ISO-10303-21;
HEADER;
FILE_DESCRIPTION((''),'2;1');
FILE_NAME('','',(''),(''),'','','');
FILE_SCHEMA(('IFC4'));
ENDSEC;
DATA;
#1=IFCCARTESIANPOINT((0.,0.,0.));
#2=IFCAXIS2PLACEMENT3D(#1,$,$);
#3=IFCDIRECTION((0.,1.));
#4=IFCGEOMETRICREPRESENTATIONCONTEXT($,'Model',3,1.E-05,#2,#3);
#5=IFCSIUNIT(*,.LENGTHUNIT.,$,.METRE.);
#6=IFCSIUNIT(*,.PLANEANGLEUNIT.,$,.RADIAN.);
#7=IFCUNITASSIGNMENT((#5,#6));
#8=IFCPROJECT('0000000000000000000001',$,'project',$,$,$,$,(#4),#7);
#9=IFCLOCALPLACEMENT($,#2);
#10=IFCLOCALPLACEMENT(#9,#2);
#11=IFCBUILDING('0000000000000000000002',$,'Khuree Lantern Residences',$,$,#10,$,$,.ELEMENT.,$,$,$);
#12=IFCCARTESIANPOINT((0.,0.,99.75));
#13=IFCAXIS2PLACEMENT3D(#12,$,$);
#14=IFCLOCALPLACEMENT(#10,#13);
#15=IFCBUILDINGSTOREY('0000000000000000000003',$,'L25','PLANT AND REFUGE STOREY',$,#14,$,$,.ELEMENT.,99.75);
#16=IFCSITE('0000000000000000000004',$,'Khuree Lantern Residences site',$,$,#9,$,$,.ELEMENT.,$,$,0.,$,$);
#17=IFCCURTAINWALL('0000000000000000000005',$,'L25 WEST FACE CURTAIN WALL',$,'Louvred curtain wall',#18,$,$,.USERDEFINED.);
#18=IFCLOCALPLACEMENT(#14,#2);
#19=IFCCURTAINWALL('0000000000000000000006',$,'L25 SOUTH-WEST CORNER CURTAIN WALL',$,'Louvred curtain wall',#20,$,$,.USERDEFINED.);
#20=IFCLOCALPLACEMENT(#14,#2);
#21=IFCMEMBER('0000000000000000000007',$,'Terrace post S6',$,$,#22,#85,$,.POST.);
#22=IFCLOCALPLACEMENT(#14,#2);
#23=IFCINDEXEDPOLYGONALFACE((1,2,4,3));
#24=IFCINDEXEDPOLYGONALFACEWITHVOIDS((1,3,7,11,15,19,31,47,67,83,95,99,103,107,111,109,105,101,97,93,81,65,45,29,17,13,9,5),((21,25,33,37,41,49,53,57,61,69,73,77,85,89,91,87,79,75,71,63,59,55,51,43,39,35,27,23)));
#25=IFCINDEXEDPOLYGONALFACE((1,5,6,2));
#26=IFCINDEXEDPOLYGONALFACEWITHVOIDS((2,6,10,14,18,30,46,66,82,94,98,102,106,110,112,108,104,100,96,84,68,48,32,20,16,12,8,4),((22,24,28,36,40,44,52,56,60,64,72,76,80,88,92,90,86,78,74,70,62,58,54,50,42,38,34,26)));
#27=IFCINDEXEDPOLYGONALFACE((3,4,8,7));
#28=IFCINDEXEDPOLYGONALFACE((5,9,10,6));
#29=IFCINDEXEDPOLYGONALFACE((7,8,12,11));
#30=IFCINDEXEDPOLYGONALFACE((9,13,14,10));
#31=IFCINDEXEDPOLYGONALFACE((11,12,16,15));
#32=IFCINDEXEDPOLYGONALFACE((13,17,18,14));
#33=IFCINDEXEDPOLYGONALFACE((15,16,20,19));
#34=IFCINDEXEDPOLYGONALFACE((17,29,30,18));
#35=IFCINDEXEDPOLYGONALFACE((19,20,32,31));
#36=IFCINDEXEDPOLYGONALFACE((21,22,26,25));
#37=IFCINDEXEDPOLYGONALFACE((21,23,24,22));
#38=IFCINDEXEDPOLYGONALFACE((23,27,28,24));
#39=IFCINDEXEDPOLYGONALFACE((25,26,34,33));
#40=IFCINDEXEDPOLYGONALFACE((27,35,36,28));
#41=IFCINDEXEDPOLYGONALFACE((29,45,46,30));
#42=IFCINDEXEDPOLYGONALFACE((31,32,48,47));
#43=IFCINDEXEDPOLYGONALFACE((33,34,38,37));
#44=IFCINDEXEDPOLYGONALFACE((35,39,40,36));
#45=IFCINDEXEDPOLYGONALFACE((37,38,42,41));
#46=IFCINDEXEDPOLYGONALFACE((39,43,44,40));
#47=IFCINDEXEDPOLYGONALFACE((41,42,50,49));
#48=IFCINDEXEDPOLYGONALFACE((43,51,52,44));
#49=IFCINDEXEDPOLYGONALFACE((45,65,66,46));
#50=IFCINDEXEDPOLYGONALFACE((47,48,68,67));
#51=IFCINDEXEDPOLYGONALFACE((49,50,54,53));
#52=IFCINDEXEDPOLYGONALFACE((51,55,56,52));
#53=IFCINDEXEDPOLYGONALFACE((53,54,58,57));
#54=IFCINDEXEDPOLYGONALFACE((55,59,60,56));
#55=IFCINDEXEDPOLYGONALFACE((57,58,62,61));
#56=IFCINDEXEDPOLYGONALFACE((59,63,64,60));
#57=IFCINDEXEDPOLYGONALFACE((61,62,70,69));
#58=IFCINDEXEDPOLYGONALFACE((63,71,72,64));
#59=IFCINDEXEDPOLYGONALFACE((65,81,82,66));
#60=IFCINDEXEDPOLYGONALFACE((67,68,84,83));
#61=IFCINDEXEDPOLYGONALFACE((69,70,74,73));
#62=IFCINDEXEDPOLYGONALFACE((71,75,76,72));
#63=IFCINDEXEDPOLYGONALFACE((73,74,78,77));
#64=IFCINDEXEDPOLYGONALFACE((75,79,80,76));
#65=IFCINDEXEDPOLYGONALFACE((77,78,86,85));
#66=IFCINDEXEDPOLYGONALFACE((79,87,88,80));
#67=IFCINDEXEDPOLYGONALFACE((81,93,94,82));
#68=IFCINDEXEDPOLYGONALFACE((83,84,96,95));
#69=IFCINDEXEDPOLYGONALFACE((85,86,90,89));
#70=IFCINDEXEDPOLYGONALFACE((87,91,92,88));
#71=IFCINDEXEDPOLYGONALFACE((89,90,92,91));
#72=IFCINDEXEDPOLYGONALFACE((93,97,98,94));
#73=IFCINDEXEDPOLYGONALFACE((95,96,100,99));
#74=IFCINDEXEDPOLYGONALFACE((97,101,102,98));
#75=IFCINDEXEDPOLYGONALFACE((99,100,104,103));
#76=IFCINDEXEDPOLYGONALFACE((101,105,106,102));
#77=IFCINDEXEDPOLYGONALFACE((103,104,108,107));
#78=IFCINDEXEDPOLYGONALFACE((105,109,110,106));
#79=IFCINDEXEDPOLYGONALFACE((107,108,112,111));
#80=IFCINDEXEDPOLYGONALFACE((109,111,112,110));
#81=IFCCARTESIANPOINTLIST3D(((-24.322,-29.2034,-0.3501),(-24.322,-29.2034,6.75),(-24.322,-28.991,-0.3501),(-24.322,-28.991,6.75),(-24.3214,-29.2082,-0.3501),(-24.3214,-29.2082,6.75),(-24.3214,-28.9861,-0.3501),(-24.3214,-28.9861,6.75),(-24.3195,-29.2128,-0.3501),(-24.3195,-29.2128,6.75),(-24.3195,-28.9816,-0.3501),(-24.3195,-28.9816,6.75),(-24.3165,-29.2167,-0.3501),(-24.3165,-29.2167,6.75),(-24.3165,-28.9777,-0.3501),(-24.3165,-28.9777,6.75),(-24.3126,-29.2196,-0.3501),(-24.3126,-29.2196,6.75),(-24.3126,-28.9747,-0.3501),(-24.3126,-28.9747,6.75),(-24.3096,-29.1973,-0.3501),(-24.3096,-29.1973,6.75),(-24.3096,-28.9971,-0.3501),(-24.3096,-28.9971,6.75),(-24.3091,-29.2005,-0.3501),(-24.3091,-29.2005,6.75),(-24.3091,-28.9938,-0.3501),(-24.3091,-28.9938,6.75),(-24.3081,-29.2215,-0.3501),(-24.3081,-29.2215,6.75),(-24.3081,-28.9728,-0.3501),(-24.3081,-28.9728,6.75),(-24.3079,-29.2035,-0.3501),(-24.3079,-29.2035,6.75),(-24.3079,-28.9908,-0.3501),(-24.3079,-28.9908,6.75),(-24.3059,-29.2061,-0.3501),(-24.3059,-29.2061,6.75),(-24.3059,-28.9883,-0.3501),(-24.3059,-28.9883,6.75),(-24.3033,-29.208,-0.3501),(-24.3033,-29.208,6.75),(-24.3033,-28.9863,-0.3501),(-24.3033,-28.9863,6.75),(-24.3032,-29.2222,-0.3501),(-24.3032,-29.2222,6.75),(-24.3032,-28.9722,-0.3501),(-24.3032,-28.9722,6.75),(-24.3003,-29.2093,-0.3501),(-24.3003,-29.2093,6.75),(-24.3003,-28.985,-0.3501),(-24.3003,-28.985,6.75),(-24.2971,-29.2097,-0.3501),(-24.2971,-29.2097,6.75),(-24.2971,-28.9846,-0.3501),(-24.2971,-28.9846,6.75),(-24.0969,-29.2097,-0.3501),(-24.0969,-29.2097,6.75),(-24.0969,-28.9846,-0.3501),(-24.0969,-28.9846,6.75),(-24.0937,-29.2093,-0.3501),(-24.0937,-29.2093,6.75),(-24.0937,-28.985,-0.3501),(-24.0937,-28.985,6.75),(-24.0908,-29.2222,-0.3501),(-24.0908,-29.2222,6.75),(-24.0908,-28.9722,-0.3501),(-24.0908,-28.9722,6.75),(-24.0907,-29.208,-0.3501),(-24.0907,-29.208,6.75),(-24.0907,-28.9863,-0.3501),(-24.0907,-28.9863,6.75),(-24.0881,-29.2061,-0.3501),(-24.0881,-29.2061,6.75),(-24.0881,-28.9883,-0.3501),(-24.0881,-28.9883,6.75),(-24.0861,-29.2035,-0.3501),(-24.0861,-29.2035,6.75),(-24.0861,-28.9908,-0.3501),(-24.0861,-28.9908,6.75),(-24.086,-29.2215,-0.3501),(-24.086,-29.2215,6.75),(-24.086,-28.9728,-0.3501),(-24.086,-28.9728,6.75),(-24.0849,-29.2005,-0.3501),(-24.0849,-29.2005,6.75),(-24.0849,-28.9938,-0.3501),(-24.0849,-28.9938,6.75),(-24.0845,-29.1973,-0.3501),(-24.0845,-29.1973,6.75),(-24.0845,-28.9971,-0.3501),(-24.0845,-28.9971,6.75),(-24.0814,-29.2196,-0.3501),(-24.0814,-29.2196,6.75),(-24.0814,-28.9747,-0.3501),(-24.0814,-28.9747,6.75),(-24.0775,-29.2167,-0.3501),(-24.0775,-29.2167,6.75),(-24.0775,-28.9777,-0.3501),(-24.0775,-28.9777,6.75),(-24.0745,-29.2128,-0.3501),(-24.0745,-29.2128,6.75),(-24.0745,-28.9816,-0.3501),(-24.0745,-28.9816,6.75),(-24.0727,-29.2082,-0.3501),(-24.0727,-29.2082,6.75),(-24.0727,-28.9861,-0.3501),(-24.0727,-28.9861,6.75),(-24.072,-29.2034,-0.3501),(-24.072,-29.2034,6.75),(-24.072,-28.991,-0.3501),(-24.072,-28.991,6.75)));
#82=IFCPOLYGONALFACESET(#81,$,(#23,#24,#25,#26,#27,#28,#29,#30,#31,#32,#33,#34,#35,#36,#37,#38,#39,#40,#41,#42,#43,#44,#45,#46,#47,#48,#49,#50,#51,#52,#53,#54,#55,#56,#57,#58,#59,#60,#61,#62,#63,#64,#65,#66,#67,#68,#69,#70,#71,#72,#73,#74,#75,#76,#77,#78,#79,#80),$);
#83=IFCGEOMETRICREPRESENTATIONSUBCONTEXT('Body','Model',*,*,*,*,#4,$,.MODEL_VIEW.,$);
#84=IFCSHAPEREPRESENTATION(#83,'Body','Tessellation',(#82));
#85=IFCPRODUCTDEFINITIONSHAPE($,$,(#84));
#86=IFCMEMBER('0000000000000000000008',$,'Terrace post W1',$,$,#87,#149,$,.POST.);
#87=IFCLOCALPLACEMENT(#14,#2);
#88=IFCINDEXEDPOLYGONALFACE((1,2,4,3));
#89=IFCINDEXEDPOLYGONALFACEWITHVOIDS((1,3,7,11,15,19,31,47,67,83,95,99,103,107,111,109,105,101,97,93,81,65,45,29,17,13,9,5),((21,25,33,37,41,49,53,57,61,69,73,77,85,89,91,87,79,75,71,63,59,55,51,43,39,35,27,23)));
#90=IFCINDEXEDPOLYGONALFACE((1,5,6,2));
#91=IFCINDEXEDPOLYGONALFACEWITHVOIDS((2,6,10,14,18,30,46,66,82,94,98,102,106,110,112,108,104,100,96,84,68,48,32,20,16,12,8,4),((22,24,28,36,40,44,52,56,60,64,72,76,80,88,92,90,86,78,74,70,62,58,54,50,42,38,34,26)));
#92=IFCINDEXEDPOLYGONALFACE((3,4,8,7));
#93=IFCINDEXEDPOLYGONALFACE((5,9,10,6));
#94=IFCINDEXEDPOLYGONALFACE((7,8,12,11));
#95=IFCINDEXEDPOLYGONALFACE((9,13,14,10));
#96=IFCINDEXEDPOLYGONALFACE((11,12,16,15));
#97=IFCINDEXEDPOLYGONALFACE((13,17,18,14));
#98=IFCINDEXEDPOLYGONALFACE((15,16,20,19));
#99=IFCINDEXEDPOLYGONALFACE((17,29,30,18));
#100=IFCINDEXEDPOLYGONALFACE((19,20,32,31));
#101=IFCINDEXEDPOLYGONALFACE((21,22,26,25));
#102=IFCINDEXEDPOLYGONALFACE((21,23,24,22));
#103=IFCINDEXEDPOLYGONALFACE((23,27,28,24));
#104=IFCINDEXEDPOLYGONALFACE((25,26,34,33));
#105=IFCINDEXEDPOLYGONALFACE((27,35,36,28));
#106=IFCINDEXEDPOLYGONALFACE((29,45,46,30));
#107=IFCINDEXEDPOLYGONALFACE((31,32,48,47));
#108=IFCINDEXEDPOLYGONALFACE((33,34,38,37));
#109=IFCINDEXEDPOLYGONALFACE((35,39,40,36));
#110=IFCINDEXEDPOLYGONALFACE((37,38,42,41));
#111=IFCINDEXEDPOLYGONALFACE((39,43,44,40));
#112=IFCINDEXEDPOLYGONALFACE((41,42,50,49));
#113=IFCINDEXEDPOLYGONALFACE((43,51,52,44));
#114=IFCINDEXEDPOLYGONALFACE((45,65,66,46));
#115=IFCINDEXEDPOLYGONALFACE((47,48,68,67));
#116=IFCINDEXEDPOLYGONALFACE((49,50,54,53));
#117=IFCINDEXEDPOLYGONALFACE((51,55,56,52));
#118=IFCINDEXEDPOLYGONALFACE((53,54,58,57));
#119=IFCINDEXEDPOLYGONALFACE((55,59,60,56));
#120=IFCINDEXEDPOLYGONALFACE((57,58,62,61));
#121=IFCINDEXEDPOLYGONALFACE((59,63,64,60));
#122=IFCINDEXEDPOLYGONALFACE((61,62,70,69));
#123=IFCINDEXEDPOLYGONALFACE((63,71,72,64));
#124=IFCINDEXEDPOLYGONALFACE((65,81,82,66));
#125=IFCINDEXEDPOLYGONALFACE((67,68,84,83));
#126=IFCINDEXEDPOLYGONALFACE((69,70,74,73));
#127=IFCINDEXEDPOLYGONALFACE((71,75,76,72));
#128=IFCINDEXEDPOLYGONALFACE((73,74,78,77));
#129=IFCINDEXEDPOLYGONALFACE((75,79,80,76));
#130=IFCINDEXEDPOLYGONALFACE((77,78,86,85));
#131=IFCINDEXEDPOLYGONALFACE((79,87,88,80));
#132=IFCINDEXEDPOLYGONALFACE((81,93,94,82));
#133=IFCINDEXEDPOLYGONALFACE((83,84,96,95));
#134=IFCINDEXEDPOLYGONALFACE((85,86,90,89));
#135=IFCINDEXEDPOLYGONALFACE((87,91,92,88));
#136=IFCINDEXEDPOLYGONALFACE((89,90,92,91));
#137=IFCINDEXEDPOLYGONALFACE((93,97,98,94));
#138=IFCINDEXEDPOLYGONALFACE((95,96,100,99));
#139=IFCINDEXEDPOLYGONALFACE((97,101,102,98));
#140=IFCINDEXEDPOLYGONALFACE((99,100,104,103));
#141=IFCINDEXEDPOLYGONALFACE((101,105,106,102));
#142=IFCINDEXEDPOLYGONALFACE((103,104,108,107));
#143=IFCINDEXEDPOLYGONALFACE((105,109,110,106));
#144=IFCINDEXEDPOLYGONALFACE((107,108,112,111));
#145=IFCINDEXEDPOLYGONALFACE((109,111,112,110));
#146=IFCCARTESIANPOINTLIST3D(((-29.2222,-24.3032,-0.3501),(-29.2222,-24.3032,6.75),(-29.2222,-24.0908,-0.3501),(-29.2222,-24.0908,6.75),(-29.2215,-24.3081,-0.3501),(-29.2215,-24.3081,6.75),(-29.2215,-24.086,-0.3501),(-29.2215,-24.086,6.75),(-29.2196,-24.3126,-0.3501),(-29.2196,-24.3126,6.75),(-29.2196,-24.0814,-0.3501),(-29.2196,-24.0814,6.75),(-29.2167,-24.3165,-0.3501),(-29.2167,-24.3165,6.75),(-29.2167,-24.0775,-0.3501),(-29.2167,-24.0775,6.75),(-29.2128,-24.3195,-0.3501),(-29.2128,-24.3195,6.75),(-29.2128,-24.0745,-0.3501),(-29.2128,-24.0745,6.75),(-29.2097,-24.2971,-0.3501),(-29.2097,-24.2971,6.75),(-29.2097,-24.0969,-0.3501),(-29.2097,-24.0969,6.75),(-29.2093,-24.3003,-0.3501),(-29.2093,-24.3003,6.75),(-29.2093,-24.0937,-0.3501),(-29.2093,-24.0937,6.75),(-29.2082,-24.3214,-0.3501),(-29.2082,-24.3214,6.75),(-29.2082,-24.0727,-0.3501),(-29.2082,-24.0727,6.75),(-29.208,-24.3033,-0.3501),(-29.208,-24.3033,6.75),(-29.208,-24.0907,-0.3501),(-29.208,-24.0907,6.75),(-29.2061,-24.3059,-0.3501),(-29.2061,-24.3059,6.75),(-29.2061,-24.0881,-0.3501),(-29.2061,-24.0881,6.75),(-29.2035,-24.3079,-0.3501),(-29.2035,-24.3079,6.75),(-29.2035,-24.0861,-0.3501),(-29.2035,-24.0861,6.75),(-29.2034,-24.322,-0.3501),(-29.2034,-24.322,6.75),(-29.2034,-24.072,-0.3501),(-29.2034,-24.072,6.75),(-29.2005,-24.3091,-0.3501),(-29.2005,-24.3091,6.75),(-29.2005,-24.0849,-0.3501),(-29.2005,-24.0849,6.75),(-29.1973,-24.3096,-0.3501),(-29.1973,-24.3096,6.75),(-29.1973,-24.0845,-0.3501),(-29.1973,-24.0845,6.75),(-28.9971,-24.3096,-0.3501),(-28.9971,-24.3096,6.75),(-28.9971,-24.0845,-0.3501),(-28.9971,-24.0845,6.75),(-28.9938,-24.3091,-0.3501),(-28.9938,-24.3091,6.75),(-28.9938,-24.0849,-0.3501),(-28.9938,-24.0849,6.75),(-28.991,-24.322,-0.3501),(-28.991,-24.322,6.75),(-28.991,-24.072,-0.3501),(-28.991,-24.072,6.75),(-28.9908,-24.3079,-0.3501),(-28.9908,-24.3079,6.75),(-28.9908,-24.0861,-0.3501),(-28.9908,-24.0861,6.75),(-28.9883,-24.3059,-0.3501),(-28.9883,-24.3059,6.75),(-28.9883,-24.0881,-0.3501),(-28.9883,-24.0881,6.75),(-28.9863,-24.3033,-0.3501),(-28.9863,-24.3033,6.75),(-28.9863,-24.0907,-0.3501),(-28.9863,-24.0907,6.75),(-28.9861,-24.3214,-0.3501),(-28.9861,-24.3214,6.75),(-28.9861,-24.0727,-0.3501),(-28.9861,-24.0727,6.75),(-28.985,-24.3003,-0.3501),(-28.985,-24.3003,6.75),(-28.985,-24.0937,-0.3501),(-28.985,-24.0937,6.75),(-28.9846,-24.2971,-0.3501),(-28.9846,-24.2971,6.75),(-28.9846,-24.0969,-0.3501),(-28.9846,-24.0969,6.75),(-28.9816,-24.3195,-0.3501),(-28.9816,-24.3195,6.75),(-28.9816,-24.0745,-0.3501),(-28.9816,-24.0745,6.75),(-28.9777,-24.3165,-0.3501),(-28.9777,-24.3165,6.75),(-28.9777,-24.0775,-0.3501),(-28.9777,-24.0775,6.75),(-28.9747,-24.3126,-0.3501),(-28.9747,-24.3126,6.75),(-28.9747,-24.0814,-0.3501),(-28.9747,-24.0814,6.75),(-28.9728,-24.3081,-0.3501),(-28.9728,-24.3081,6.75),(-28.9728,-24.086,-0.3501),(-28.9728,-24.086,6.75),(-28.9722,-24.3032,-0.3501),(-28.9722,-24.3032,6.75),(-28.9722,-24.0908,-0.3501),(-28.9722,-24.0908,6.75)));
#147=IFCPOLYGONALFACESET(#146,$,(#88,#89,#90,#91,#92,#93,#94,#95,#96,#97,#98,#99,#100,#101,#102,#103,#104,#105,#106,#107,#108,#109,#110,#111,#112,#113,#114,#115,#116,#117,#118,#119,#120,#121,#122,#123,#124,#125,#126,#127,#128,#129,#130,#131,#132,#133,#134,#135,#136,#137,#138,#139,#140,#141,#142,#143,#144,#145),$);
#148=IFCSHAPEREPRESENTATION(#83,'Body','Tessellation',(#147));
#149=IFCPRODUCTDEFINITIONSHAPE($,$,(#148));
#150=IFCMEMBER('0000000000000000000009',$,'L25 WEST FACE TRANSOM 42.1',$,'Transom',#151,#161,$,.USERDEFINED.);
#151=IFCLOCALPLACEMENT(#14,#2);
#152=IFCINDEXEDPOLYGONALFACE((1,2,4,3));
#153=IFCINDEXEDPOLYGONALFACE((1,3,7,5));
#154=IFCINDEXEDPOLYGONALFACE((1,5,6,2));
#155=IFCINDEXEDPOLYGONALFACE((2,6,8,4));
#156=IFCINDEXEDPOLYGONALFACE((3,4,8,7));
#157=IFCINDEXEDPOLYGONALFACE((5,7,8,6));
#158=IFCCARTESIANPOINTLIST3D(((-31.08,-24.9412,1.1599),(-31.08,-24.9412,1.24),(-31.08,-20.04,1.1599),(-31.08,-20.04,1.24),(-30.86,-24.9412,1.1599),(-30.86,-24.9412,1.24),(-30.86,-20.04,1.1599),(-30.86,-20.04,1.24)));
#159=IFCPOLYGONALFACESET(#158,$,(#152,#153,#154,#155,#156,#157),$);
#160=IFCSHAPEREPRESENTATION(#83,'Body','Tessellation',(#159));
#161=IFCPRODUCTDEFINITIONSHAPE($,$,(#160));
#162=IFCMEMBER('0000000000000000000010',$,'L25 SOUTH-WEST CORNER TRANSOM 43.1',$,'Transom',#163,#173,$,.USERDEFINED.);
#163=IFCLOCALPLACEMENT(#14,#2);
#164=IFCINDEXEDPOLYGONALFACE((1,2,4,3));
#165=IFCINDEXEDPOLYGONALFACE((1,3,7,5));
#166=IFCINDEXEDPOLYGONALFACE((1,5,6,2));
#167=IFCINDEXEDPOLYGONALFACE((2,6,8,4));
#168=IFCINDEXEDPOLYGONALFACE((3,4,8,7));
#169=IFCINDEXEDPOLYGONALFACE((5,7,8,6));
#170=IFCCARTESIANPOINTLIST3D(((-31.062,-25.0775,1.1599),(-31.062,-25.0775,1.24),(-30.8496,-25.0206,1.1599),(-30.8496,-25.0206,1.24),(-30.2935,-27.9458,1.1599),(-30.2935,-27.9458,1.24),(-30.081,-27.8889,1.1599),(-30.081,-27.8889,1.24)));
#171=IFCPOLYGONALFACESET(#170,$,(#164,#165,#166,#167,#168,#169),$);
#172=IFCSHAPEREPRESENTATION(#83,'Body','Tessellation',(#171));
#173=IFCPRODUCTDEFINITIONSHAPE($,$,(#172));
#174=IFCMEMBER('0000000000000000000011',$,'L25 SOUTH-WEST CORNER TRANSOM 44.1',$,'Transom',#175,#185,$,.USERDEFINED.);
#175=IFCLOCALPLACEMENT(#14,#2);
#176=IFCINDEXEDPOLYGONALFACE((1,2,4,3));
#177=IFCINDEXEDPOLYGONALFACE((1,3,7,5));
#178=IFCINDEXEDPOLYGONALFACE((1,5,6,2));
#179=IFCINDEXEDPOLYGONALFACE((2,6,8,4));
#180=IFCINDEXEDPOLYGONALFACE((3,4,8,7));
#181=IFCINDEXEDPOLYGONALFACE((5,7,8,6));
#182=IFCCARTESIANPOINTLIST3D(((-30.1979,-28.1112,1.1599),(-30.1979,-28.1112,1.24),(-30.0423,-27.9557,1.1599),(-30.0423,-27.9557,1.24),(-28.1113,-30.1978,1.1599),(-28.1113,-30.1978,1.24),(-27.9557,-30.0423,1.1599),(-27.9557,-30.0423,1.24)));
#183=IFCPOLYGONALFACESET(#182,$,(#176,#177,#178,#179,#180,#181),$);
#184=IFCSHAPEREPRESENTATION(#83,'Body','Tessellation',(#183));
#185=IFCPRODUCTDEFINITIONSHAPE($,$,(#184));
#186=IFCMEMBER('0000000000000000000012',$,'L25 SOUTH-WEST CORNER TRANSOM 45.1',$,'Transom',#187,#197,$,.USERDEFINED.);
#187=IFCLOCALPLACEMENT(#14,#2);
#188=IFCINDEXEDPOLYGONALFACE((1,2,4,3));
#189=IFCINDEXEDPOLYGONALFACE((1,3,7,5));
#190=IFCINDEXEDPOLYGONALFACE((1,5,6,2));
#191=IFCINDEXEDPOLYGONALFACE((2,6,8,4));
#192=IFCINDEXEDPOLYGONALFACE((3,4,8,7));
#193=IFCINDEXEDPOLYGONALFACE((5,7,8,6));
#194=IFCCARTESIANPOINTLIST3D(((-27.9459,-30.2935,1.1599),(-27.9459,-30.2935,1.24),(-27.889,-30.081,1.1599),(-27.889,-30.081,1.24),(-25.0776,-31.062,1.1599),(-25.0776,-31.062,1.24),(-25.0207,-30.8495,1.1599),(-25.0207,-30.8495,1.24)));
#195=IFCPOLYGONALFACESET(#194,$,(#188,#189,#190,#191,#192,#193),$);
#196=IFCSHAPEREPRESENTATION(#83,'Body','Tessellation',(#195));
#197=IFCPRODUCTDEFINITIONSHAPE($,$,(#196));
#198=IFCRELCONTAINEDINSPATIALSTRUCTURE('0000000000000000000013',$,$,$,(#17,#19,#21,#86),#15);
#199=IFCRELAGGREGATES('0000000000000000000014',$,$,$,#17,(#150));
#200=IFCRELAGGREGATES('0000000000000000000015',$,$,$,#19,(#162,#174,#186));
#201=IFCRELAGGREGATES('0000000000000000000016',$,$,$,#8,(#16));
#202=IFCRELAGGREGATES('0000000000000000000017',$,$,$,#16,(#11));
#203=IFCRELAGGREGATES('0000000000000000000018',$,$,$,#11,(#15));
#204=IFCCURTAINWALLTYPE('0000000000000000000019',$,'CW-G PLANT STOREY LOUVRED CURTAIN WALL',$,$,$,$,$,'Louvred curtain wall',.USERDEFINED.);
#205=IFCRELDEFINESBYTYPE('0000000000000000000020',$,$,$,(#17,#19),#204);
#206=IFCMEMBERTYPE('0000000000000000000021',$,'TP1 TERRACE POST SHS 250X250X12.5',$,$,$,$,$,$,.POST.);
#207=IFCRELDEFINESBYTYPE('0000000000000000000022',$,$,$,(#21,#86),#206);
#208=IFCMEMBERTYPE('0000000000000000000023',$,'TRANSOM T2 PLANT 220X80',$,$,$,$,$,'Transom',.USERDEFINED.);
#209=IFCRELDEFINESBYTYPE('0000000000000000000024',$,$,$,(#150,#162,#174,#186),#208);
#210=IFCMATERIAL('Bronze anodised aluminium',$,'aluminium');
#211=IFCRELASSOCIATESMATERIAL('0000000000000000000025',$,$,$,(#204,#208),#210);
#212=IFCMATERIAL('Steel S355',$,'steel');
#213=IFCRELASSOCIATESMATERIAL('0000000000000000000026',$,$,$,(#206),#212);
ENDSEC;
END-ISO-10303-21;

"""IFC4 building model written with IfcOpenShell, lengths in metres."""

from ifc_helpers import new_model, si_unit, direction, frame, origin, origin_2d, place, context, subcontext, project, spatial, rectangle, hollow_rectangle, extrude, material, material_profile, profile_set, type_object, element, aggregate, save


model = new_model("IFC4")

# Units and contexts
model_context = context("Model", 3, precision=1e-05, world=origin(), true_north=direction((0.0, 1.0)))
body_context = subcontext(model_context, "Body", "Model", "MODEL_VIEW")
ifc_project = project(units=[si_unit("LENGTHUNIT", "METRE"), si_unit("PLANEANGLEUNIT", "RADIAN")], contexts=[model_context])

# Site, building, storey
site_placement = place(None, origin())
site = spatial("IfcSite", under=ifc_project, at=site_placement, Name="Khuree Lantern Residences site", CompositionType="ELEMENT", RefElevation=0.0)
building_placement = place(site_placement, origin())
building = spatial("IfcBuilding", under=site, at=building_placement, Name="Khuree Lantern Residences", CompositionType="ELEMENT")
storey_placement = place(building_placement, frame((0.0, 0.0, 99.75)))
storey = spatial("IfcBuildingStorey", under=building, at=storey_placement, Name="L25", Description="PLANT AND REFUGE STOREY", CompositionType="ELEMENT", Elevation=99.75)

# Shared definitions
ifc_material_1 = material(Name="Steel S355", Category="steel")

# Curtain walls
ifc_material_2 = material(Name="Bronze anodised aluminium", Category="aluminium")
curtain_wall_type = type_object("IfcCurtainWallType", Name="CW-G PLANT STOREY LOUVRED CURTAIN WALL", ElementType="Louvred curtain wall", PredefinedType="USERDEFINED", material=ifc_material_2)
curtain_wall_1_placement = place(storey_placement, origin())
curtain_wall_1 = element("IfcCurtainWall", 1, at=curtain_wall_1_placement, inside=storey, type_object=curtain_wall_type, Name="L25 WEST FACE CURTAIN WALL", ObjectType="Louvred curtain wall", PredefinedType="USERDEFINED")
curtain_wall_2_placement = place(storey_placement, origin())
curtain_wall_2 = element("IfcCurtainWall", 2, at=curtain_wall_2_placement, inside=storey, type_object=curtain_wall_type, Name="L25 SOUTH-WEST CORNER CURTAIN WALL", ObjectType="Louvred curtain wall", PredefinedType="USERDEFINED")

# Members
ifc_material_profile_1 = material_profile(ifc_material_1, hollow_rectangle(XDim=0.25, YDim=0.25, WallThickness=0.0125, InnerFilletRadius=0.0125, OuterFilletRadius=0.0188, at=origin_2d()), Name="SHS 250X250X12.5")
ifc_profile_set_1 = profile_set([ifc_material_profile_1], Name="Steel S355")
member_type_1 = type_object("IfcMemberType", Name="TP1 TERRACE POST SHS 250X250X12.5", PredefinedType="POST", material=ifc_profile_set_1)
for number, where, z_axis, x_axis, name in (
    (3, (-24.197, -29.0972, -0.3501), (0.0, 0.0, 1.0), (1.0, 0.0, 0.0), "Terrace post S6"),
    (4, (-29.0972, -24.197, -0.3501), (0.0, 0.0, 1.0), (1.0, 0.0, 0.0), "Terrace post W1"),
):
    element("IfcMember", number, at=place(storey_placement, frame(where, z_axis=z_axis, x_axis=x_axis)), inside=storey, type_object=member_type_1, Name=name, PredefinedType="POST", context=body_context, shape_type="SweptSolid", body=[
        extrude(hollow_rectangle(XDim=0.25, YDim=0.25, WallThickness=0.0125, InnerFilletRadius=0.0125, OuterFilletRadius=0.0188, at=origin_2d()), origin(), (0.0, 0.0, 1.0), 7.1001),
    ])

# Members
ifc_material_profile_2 = material_profile(ifc_material_2, rectangle(XDim=0.22, YDim=0.0801, at=origin_2d()), Name="T2 220X80")
ifc_profile_set_2 = profile_set([ifc_material_profile_2], Name="Bronze anodised aluminium")
member_type_2 = type_object("IfcMemberType", Name="TRANSOM T2 PLANT 220X80", ElementType="Transom", PredefinedType="USERDEFINED", material=ifc_profile_set_2)
member_1_placement = place(storey_placement, frame((-30.97, -20.04, 1.2), z_axis=(0.0, -1.0, 0.0), x_axis=(1.0, 0.0, 0.0)))
member_1 = element("IfcMember", 5, at=member_1_placement, type_object=member_type_2, Name="L25 WEST FACE TRANSOM 42.1", ObjectType="Transom", PredefinedType="USERDEFINED", context=body_context, shape_type="SweptSolid", body=[
    extrude(rectangle(XDim=0.22, YDim=0.0801, at=origin_2d()), origin(), (0.0, 0.0, 1.0), 4.9011),
])
member_2_placement = place(storey_placement, frame((-30.9558, -25.0491, 1.2), z_axis=(0.258809, -0.965929, 0.0), x_axis=(0.965929, 0.258809, 0.0)))
member_2 = element("IfcMember", 6, at=member_2_placement, type_object=member_type_2, Name="L25 SOUTH-WEST CORNER TRANSOM 43.1", ObjectType="Transom", PredefinedType="USERDEFINED", context=body_context, shape_type="SweptSolid", body=[
    extrude(rectangle(XDim=0.22, YDim=0.0801, at=origin_2d()), origin(), (0.0, 0.0, 1.0), 2.9695),
])
member_3_placement = place(storey_placement, frame((-30.1201, -28.0334, 1.2), z_axis=(0.707107, -0.707107, 0.0), x_axis=(0.707107, 0.707107, 0.0)))
member_3 = element("IfcMember", 7, at=member_3_placement, type_object=member_type_2, Name="L25 SOUTH-WEST CORNER TRANSOM 44.1", ObjectType="Transom", PredefinedType="USERDEFINED", context=body_context, shape_type="SweptSolid", body=[
    extrude(rectangle(XDim=0.22, YDim=0.0801, at=origin_2d()), origin(), (0.0, 0.0, 1.0), 2.9509),
])
member_4_placement = place(storey_placement, frame((-27.9175, -30.1873, 1.2), z_axis=(0.965929, -0.258809, 0.0), x_axis=(0.258809, 0.965929, 0.0)))
member_4 = element("IfcMember", 8, at=member_4_placement, type_object=member_type_2, Name="L25 SOUTH-WEST CORNER TRANSOM 45.1", ObjectType="Transom", PredefinedType="USERDEFINED", context=body_context, shape_type="SweptSolid", body=[
    extrude(rectangle(XDim=0.22, YDim=0.0801, at=origin_2d()), origin(), (0.0, 0.0, 1.0), 2.9695),
])

aggregate(curtain_wall_1, [member_1])
aggregate(curtain_wall_2, [member_2, member_3, member_4])

save(model, "model.ifc")
